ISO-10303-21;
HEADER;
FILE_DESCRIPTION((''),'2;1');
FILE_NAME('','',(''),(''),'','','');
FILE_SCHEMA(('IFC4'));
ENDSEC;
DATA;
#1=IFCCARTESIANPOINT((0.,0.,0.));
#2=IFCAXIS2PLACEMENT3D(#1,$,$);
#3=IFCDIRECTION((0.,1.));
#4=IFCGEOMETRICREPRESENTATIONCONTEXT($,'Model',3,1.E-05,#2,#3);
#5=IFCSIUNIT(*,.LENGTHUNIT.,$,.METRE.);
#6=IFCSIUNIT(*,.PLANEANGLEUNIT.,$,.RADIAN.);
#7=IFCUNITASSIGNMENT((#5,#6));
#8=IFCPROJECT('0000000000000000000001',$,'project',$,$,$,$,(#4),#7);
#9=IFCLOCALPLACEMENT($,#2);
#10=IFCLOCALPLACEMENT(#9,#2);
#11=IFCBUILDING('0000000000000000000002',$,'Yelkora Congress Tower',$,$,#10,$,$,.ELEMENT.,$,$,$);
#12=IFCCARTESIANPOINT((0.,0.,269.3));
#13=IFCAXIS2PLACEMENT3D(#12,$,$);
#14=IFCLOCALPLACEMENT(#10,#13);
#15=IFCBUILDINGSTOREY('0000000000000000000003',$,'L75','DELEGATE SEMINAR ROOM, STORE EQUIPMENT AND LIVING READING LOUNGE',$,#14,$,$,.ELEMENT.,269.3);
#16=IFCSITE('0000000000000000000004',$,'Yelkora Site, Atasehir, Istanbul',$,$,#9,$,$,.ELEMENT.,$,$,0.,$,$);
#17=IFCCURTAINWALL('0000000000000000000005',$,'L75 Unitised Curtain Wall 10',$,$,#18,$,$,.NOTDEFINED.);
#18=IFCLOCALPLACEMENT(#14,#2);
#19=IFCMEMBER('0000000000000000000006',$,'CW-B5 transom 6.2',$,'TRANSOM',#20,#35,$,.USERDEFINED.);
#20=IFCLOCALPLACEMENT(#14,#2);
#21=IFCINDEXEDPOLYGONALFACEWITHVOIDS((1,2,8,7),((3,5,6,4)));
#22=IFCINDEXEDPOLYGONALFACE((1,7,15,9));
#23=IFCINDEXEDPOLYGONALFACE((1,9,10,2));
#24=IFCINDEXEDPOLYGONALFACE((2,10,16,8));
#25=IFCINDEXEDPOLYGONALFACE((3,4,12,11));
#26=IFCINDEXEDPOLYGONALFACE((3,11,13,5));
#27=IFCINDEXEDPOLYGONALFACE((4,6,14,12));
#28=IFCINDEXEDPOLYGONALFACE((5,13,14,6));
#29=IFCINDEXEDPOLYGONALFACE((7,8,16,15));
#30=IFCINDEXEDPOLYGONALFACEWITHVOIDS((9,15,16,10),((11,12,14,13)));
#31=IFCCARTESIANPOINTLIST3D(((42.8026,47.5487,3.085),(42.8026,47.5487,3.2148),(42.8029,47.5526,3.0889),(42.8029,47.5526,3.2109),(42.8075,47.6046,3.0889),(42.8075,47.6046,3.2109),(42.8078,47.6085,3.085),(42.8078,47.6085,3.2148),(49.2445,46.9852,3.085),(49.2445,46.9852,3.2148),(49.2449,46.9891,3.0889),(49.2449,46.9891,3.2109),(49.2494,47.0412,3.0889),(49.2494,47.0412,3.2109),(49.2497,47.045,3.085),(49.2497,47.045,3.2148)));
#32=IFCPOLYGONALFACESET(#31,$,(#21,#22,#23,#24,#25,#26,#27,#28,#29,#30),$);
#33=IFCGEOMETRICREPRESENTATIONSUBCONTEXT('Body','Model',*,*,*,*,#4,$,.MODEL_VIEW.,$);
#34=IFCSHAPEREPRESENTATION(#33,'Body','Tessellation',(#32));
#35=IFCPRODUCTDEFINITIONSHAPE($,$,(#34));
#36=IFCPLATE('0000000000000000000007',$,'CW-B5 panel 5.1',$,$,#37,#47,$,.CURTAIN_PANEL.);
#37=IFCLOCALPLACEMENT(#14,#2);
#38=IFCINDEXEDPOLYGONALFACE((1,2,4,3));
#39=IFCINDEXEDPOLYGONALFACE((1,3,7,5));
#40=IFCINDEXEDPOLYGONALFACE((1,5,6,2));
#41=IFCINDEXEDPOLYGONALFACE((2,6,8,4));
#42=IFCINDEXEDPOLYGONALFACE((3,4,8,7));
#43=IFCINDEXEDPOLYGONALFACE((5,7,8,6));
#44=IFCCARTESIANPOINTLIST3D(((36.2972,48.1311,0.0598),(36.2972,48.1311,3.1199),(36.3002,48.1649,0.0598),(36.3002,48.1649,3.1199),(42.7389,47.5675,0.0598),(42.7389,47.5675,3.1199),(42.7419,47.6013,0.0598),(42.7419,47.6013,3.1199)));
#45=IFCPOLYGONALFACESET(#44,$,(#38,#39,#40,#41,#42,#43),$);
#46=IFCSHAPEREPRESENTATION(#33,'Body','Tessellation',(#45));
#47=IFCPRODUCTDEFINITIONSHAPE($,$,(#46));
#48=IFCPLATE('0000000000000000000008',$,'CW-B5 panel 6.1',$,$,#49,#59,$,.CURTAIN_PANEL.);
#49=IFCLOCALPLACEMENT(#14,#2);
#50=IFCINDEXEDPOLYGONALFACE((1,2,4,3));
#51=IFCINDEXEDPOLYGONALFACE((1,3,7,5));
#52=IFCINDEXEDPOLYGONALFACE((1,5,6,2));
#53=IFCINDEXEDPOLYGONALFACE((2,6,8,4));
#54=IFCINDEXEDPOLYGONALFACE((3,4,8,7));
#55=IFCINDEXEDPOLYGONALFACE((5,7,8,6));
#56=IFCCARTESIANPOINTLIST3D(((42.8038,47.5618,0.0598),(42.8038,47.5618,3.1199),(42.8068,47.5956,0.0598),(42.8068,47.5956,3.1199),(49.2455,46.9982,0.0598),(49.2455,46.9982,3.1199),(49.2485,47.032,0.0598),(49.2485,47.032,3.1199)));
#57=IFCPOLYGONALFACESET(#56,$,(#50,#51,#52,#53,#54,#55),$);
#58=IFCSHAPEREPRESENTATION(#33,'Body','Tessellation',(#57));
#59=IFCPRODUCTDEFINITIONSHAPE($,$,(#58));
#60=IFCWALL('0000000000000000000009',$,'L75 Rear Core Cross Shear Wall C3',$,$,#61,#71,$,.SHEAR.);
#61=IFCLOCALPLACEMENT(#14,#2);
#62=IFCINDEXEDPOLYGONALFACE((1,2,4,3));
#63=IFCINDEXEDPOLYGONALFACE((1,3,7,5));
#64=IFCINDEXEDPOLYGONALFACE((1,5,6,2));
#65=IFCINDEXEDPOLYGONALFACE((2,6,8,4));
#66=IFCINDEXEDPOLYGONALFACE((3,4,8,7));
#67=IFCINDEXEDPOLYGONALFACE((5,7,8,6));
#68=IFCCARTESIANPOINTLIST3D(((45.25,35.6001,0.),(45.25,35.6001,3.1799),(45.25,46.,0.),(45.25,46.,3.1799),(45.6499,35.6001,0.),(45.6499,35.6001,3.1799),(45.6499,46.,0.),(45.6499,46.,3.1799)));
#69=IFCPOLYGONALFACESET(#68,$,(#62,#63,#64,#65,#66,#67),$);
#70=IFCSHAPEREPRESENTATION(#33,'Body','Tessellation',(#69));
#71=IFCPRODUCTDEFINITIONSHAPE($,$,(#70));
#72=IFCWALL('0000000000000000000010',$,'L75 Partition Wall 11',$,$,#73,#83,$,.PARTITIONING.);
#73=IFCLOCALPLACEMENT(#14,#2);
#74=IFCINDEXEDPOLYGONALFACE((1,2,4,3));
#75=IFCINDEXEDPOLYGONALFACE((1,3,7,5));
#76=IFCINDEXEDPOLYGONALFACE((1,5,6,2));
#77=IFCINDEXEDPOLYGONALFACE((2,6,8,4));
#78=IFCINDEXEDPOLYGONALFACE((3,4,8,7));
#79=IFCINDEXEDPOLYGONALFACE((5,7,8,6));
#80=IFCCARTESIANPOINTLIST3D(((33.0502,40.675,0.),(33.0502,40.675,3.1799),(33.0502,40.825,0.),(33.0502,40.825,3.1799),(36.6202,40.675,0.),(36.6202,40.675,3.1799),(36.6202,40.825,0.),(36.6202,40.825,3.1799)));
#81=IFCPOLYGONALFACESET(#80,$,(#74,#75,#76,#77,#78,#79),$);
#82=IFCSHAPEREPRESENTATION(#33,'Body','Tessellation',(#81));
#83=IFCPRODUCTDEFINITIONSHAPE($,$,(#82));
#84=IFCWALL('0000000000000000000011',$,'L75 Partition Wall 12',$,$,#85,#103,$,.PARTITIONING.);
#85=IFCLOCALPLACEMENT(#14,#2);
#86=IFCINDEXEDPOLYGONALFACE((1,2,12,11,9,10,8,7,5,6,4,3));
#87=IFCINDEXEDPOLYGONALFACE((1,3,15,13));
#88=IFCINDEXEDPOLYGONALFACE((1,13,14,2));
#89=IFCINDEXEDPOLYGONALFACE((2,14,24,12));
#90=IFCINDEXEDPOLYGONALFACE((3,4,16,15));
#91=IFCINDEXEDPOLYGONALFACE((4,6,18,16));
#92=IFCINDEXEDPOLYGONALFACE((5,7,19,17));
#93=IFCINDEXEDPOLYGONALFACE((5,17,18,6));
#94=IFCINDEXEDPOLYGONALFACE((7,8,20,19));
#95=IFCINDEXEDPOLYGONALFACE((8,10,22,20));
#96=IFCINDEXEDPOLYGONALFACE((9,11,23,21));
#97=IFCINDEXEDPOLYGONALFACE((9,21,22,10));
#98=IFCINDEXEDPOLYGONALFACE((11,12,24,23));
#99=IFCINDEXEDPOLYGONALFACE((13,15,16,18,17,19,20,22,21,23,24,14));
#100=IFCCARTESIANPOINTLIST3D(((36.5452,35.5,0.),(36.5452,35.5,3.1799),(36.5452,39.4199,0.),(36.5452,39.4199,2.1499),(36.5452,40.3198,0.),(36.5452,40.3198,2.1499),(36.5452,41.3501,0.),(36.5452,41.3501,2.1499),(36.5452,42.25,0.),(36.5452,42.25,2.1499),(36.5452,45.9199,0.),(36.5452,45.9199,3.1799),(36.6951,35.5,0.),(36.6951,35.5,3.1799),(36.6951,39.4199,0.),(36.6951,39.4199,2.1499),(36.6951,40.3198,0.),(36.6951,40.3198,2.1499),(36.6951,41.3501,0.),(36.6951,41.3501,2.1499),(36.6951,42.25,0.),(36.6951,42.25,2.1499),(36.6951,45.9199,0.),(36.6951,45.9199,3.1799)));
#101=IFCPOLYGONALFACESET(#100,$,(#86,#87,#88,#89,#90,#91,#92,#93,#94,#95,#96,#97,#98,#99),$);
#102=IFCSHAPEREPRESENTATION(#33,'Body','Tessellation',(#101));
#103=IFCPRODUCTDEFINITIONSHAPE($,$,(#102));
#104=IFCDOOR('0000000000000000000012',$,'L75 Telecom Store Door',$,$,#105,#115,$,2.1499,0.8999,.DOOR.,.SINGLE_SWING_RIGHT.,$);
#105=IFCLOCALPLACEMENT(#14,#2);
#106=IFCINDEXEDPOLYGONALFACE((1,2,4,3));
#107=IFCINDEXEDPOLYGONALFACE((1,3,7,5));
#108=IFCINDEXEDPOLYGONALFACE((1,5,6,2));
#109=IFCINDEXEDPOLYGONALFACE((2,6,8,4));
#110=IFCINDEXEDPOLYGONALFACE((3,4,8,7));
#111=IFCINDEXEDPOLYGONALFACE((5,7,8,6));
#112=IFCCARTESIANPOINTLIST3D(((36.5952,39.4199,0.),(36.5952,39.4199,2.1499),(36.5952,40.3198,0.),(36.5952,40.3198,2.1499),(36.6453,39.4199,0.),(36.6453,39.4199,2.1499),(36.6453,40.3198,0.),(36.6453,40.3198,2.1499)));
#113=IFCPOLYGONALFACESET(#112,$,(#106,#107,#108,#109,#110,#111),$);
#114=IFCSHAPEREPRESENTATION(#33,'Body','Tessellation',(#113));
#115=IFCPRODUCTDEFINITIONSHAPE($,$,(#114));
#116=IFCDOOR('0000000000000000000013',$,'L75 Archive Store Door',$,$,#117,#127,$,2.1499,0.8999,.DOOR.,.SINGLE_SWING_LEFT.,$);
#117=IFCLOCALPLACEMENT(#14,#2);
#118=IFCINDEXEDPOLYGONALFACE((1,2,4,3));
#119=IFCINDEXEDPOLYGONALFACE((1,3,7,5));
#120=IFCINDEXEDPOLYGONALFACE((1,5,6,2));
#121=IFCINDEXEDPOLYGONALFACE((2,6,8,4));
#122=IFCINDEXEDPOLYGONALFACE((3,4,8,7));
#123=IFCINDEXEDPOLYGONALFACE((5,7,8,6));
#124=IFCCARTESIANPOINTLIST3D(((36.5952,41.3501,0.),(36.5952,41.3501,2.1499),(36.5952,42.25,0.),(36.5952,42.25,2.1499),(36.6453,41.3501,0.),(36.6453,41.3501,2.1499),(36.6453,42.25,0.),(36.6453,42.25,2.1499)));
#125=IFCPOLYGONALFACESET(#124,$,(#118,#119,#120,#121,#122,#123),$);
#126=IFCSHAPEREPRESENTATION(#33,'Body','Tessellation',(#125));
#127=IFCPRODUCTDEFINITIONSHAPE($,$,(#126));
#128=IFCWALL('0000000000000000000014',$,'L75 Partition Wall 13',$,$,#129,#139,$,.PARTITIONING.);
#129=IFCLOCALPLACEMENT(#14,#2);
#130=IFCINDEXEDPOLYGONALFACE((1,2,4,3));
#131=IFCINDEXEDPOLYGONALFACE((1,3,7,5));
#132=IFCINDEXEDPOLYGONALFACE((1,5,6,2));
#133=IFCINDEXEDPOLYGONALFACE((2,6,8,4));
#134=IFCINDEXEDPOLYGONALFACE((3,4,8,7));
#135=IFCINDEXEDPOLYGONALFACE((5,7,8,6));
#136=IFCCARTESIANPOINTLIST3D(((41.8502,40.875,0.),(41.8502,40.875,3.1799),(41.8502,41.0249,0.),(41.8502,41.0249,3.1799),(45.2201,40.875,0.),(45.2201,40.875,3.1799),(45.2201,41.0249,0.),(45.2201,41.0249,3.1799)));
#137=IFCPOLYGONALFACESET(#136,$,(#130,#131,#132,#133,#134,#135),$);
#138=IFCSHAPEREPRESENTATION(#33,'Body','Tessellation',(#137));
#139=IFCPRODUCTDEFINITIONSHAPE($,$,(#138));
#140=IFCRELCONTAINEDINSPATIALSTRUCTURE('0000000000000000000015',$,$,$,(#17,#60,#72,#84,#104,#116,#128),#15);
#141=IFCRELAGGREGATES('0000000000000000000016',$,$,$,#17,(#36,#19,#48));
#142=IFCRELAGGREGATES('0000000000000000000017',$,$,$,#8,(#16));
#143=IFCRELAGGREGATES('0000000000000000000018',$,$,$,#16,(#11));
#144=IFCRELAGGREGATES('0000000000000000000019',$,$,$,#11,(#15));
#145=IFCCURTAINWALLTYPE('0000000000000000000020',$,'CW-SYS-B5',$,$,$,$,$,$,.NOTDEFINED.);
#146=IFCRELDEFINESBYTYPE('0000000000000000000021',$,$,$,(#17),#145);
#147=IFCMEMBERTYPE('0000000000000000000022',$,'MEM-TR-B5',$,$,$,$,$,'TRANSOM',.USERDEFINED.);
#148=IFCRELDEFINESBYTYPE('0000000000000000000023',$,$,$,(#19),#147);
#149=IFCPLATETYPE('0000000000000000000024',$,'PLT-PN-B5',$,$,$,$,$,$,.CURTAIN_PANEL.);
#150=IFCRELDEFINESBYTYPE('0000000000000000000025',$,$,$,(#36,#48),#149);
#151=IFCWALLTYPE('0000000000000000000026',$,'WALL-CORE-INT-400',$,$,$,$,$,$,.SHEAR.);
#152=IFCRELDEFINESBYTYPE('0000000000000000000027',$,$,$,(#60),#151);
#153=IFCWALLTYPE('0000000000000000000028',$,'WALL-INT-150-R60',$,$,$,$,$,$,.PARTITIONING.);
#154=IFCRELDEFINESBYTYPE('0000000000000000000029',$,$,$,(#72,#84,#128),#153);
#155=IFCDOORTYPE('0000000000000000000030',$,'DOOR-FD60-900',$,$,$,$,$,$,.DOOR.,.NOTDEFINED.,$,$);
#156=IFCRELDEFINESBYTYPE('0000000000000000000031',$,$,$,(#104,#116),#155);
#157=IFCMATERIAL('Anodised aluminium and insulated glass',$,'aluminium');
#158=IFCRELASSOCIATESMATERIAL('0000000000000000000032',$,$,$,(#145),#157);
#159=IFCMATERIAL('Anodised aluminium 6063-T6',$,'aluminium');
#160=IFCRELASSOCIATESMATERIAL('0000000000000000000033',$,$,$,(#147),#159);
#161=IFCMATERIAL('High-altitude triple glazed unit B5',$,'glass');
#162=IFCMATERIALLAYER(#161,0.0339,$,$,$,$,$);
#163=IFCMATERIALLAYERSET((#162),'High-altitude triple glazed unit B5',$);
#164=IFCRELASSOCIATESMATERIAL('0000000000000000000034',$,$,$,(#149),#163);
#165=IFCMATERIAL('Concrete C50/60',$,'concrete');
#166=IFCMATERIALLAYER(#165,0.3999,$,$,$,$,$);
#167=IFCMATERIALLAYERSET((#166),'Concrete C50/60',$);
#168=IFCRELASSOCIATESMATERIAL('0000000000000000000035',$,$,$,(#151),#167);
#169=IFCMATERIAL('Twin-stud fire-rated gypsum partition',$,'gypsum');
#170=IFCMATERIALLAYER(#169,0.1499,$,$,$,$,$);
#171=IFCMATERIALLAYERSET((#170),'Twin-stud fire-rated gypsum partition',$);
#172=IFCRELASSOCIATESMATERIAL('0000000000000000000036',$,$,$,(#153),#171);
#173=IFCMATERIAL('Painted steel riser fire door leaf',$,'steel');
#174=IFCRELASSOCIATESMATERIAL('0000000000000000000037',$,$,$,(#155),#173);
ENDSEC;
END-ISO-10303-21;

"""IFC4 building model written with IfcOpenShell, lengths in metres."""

from ifc_helpers import new_model, si_unit, direction, frame, frame_2d, origin, origin_2d, place, context, subcontext, project, spatial, rectangle, hollow_rectangle, extrude, material, layer, layer_set, material_profile, profile_set, type_object, element, fill, aggregate, save


model = new_model("IFC4")

# Units and contexts
model_context = context("Model", 3, precision=1e-05, world=origin(), true_north=direction((0.0, 1.0)))
body_context = subcontext(model_context, "Body", "Model", "MODEL_VIEW")
ifc_project = project(units=[si_unit("LENGTHUNIT", "METRE"), si_unit("PLANEANGLEUNIT", "RADIAN")], contexts=[model_context])

# Site, building, storey
site_placement = place(None, origin())
site = spatial("IfcSite", under=ifc_project, at=site_placement, Name="Yelkora Site, Atasehir, Istanbul", CompositionType="ELEMENT", RefElevation=0.0)
building_placement = place(site_placement, origin())
building = spatial("IfcBuilding", under=site, at=building_placement, Name="Yelkora Congress Tower", CompositionType="ELEMENT")
storey_placement = place(building_placement, frame((0.0, 0.0, 269.3)))
storey = spatial("IfcBuildingStorey", under=building, at=storey_placement, Name="L75", Description="DELEGATE SEMINAR ROOM, STORE EQUIPMENT AND LIVING READING LOUNGE", CompositionType="ELEMENT", Elevation=269.3)

# Curtain wall, member, plates
ifc_material_1 = material(Name="Anodised aluminium and insulated glass", Category="aluminium")
curtain_wall_type = type_object("IfcCurtainWallType", Name="CW-SYS-B5", PredefinedType="NOTDEFINED", material=ifc_material_1)
curtain_wall_placement = place(storey_placement, origin())
curtain_wall = element("IfcCurtainWall", 1, at=curtain_wall_placement, inside=storey, type_object=curtain_wall_type, Name="L75 Unitised Curtain Wall 10", PredefinedType="NOTDEFINED")
ifc_material_2 = material(Name="Anodised aluminium 6063-T6", Category="aluminium")
ifc_material_profile_1 = material_profile(ifc_material_2, hollow_rectangle(XDim=0.0601, YDim=0.1299, WallThickness=0.0039, at=origin_2d()), Name="ALU 60x130x4")
ifc_profile_set_1 = profile_set([ifc_material_profile_1], Name="Anodised aluminium 6063-T6")
member_type_1 = type_object("IfcMemberType", Name="MEM-TR-B5", ElementType="TRANSOM", PredefinedType="USERDEFINED", material=ifc_profile_set_1)
member_1_placement = place(storey_placement, frame((42.8052, 47.5786, 3.1499), z_axis=(0.996196, -0.087138, 0.0), x_axis=(0.087138, 0.996196, 0.0)))
member_1 = element("IfcMember", 2, at=member_1_placement, type_object=member_type_1, Name="CW-B5 transom 6.2", ObjectType="TRANSOM", PredefinedType="USERDEFINED", context=body_context, shape_type="SweptSolid", body=[
    extrude(hollow_rectangle(XDim=0.0601, YDim=0.1299, WallThickness=0.0039, at=origin_2d()), origin(), (0.0, 0.0, 1.0), 6.4666),
])
ifc_material_3 = material(Name="High-altitude triple glazed unit B5", Category="glass")
ifc_layer_1 = layer(ifc_material_3, 0.0339)
ifc_layer_set_1 = layer_set([ifc_layer_1], Name="High-altitude triple glazed unit B5")
plate_type = type_object("IfcPlateType", Name="PLT-PN-B5", PredefinedType="CURTAIN_PANEL", material=ifc_layer_set_1)
plate_1_placement = place(storey_placement, frame((39.5195, 47.8662, 0.0598), z_axis=(0.0, 0.0, 1.0), x_axis=(0.996195, -0.087157, 0.0)))
plate_1 = element("IfcPlate", 3, at=plate_1_placement, type_object=plate_type, Name="CW-B5 panel 5.1", PredefinedType="CURTAIN_PANEL", context=body_context, shape_type="SweptSolid", body=[
    extrude(rectangle(XDim=6.4663, YDim=0.0339, at=origin_2d()), origin(), (0.0, 0.0, 1.0), 3.0601),
])
plate_2_placement = place(storey_placement, frame((46.0261, 47.2969, 0.0598), z_axis=(0.0, 0.0, 1.0), x_axis=(0.996195, -0.087157, 0.0)))
plate_2 = element("IfcPlate", 4, at=plate_2_placement, type_object=plate_type, Name="CW-B5 panel 6.1", PredefinedType="CURTAIN_PANEL", context=body_context, shape_type="SweptSolid", body=[
    extrude(rectangle(XDim=6.4663, YDim=0.0339, at=origin_2d()), origin(), (0.0, 0.0, 1.0), 3.0601),
])
aggregate(curtain_wall, [plate_1, member_1, plate_2])

# Walls
ifc_material_4 = material(Name="Concrete C50/60", Category="concrete")
ifc_layer_2 = layer(ifc_material_4, 0.3999)
ifc_layer_set_2 = layer_set([ifc_layer_2], Name="Concrete C50/60")
wall_type_1 = type_object("IfcWallType", Name="WALL-CORE-INT-400", PredefinedType="SHEAR", material=ifc_layer_set_2)
wall_1_placement = place(storey_placement, frame((45.45, 35.6001, 0.0), z_axis=(0.0, 0.0, 1.0), x_axis=(0.0, 1.0, 0.0)))
element("IfcWall", 5, at=wall_1_placement, inside=storey, type_object=wall_type_1, Name="L75 Rear Core Cross Shear Wall C3", PredefinedType="SHEAR", context=body_context, shape_type="SweptSolid", body=[
    extrude(rectangle(XDim=10.3999, YDim=0.3999, at=frame_2d((5.2, 0.0))), origin(), (0.0, 0.0, 1.0), 3.1799),
])
ifc_material_5 = material(Name="Twin-stud fire-rated gypsum partition", Category="gypsum")
ifc_layer_3 = layer(ifc_material_5, 0.1499)
ifc_layer_set_3 = layer_set([ifc_layer_3], Name="Twin-stud fire-rated gypsum partition")
wall_type_2 = type_object("IfcWallType", Name="WALL-INT-150-R60", PredefinedType="PARTITIONING", material=ifc_layer_set_3)
wall_2_placement = place(storey_placement, frame((33.05, 40.75, 0.0), z_axis=(0.0, 0.0, 1.0), x_axis=(1.0, 0.0, 0.0)))
element("IfcWall", 6, at=wall_2_placement, inside=storey, type_object=wall_type_2, Name="L75 Partition Wall 11", PredefinedType="PARTITIONING", context=body_context, shape_type="SweptSolid", body=[
    extrude(rectangle(XDim=3.5701, YDim=0.1499, at=frame_2d((1.7852, 0.0))), origin(), (0.0, 0.0, 1.0), 3.1799),
])

# Wall, openings, doors
wall_3_placement = place(storey_placement, frame((36.6201, 35.5, 0.0), z_axis=(0.0, 0.0, 1.0), x_axis=(0.0, 1.0, 0.0)))
wall_3 = element("IfcWall", 7, at=wall_3_placement, inside=storey, type_object=wall_type_2, Name="L75 Partition Wall 12", PredefinedType="PARTITIONING", context=body_context, shape_type="SweptSolid", body=[
    extrude(rectangle(XDim=10.4199, YDim=0.1499, at=frame_2d((5.21, 0.0))), origin(), (0.0, 0.0, 1.0), 3.1799),
])
opening_1_placement = place(wall_3_placement, frame((3.9199, 0.0, 0.0)))
opening_1 = element("IfcOpeningElement", 8, at=opening_1_placement, cuts=wall_3, PredefinedType="OPENING", context=body_context, shape_type="SweptSolid", body=[
    extrude(rectangle(XDim=0.8999, YDim=2.1499, at=frame_2d((0.45, 1.075))), frame((0.0, 0.085, 0.0), z_axis=(0.0, -1.0, 0.0), x_axis=(1.0, 0.0, 0.0)), (0.0, 0.0, 1.0), 0.1699),
])
opening_2_placement = place(wall_3_placement, frame((5.8501, 0.0, 0.0)))
opening_2 = element("IfcOpeningElement", 9, at=opening_2_placement, cuts=wall_3, PredefinedType="OPENING", context=body_context, shape_type="SweptSolid", body=[
    extrude(rectangle(XDim=0.8999, YDim=2.1499, at=frame_2d((0.45, 1.075))), frame((0.0, 0.085, 0.0), z_axis=(0.0, -1.0, 0.0), x_axis=(1.0, 0.0, 0.0)), (0.0, 0.0, 1.0), 0.1699),
])
ifc_material_6 = material(Name="Painted steel riser fire door leaf", Category="steel")
door_type_1 = type_object("IfcDoorType", Name="DOOR-FD60-900", OperationType="NOTDEFINED", PredefinedType="DOOR", material=ifc_material_6)
door_1_placement = place(opening_1_placement, origin())
door_1 = element("IfcDoor", 10, at=door_1_placement, inside=storey, type_object=door_type_1, Name="L75 Telecom Store Door", OperationType="SINGLE_SWING_RIGHT", OverallHeight=2.1499, OverallWidth=0.8999, PredefinedType="DOOR", context=body_context, shape_type="SweptSolid", body=[
    extrude(rectangle(XDim=0.8999, YDim=2.1499, at=frame_2d((0.45, 1.075))), frame((0.0, 0.0249, 0.0), z_axis=(0.0, -1.0, 0.0), x_axis=(1.0, 0.0, 0.0)), (0.0, 0.0, 1.0), 0.05),
])
fill(opening_1, door_1)
door_2_placement = place(opening_2_placement, origin())
door_2 = element("IfcDoor", 11, at=door_2_placement, inside=storey, type_object=door_type_1, Name="L75 Archive Store Door", OperationType="SINGLE_SWING_LEFT", OverallHeight=2.1499, OverallWidth=0.8999, PredefinedType="DOOR", context=body_context, shape_type="SweptSolid", body=[
    extrude(rectangle(XDim=0.8999, YDim=2.1499, at=frame_2d((0.45, 1.075))), frame((0.0, 0.0249, 0.0), z_axis=(0.0, -1.0, 0.0), x_axis=(1.0, 0.0, 0.0)), (0.0, 0.0, 1.0), 0.05),
])
fill(opening_2, door_2)

# Wall
wall_4_placement = place(storey_placement, frame((41.8501, 40.95, 0.0), z_axis=(0.0, 0.0, 1.0), x_axis=(1.0, 0.0, 0.0)))
element("IfcWall", 12, at=wall_4_placement, inside=storey, type_object=wall_type_2, Name="L75 Partition Wall 13", PredefinedType="PARTITIONING", context=body_context, shape_type="SweptSolid", body=[
    extrude(rectangle(XDim=3.3699, YDim=0.1499, at=frame_2d((1.6851, 0.0))), origin(), (0.0, 0.0, 1.0), 3.1799),
])

save(model, "model.ifc")
